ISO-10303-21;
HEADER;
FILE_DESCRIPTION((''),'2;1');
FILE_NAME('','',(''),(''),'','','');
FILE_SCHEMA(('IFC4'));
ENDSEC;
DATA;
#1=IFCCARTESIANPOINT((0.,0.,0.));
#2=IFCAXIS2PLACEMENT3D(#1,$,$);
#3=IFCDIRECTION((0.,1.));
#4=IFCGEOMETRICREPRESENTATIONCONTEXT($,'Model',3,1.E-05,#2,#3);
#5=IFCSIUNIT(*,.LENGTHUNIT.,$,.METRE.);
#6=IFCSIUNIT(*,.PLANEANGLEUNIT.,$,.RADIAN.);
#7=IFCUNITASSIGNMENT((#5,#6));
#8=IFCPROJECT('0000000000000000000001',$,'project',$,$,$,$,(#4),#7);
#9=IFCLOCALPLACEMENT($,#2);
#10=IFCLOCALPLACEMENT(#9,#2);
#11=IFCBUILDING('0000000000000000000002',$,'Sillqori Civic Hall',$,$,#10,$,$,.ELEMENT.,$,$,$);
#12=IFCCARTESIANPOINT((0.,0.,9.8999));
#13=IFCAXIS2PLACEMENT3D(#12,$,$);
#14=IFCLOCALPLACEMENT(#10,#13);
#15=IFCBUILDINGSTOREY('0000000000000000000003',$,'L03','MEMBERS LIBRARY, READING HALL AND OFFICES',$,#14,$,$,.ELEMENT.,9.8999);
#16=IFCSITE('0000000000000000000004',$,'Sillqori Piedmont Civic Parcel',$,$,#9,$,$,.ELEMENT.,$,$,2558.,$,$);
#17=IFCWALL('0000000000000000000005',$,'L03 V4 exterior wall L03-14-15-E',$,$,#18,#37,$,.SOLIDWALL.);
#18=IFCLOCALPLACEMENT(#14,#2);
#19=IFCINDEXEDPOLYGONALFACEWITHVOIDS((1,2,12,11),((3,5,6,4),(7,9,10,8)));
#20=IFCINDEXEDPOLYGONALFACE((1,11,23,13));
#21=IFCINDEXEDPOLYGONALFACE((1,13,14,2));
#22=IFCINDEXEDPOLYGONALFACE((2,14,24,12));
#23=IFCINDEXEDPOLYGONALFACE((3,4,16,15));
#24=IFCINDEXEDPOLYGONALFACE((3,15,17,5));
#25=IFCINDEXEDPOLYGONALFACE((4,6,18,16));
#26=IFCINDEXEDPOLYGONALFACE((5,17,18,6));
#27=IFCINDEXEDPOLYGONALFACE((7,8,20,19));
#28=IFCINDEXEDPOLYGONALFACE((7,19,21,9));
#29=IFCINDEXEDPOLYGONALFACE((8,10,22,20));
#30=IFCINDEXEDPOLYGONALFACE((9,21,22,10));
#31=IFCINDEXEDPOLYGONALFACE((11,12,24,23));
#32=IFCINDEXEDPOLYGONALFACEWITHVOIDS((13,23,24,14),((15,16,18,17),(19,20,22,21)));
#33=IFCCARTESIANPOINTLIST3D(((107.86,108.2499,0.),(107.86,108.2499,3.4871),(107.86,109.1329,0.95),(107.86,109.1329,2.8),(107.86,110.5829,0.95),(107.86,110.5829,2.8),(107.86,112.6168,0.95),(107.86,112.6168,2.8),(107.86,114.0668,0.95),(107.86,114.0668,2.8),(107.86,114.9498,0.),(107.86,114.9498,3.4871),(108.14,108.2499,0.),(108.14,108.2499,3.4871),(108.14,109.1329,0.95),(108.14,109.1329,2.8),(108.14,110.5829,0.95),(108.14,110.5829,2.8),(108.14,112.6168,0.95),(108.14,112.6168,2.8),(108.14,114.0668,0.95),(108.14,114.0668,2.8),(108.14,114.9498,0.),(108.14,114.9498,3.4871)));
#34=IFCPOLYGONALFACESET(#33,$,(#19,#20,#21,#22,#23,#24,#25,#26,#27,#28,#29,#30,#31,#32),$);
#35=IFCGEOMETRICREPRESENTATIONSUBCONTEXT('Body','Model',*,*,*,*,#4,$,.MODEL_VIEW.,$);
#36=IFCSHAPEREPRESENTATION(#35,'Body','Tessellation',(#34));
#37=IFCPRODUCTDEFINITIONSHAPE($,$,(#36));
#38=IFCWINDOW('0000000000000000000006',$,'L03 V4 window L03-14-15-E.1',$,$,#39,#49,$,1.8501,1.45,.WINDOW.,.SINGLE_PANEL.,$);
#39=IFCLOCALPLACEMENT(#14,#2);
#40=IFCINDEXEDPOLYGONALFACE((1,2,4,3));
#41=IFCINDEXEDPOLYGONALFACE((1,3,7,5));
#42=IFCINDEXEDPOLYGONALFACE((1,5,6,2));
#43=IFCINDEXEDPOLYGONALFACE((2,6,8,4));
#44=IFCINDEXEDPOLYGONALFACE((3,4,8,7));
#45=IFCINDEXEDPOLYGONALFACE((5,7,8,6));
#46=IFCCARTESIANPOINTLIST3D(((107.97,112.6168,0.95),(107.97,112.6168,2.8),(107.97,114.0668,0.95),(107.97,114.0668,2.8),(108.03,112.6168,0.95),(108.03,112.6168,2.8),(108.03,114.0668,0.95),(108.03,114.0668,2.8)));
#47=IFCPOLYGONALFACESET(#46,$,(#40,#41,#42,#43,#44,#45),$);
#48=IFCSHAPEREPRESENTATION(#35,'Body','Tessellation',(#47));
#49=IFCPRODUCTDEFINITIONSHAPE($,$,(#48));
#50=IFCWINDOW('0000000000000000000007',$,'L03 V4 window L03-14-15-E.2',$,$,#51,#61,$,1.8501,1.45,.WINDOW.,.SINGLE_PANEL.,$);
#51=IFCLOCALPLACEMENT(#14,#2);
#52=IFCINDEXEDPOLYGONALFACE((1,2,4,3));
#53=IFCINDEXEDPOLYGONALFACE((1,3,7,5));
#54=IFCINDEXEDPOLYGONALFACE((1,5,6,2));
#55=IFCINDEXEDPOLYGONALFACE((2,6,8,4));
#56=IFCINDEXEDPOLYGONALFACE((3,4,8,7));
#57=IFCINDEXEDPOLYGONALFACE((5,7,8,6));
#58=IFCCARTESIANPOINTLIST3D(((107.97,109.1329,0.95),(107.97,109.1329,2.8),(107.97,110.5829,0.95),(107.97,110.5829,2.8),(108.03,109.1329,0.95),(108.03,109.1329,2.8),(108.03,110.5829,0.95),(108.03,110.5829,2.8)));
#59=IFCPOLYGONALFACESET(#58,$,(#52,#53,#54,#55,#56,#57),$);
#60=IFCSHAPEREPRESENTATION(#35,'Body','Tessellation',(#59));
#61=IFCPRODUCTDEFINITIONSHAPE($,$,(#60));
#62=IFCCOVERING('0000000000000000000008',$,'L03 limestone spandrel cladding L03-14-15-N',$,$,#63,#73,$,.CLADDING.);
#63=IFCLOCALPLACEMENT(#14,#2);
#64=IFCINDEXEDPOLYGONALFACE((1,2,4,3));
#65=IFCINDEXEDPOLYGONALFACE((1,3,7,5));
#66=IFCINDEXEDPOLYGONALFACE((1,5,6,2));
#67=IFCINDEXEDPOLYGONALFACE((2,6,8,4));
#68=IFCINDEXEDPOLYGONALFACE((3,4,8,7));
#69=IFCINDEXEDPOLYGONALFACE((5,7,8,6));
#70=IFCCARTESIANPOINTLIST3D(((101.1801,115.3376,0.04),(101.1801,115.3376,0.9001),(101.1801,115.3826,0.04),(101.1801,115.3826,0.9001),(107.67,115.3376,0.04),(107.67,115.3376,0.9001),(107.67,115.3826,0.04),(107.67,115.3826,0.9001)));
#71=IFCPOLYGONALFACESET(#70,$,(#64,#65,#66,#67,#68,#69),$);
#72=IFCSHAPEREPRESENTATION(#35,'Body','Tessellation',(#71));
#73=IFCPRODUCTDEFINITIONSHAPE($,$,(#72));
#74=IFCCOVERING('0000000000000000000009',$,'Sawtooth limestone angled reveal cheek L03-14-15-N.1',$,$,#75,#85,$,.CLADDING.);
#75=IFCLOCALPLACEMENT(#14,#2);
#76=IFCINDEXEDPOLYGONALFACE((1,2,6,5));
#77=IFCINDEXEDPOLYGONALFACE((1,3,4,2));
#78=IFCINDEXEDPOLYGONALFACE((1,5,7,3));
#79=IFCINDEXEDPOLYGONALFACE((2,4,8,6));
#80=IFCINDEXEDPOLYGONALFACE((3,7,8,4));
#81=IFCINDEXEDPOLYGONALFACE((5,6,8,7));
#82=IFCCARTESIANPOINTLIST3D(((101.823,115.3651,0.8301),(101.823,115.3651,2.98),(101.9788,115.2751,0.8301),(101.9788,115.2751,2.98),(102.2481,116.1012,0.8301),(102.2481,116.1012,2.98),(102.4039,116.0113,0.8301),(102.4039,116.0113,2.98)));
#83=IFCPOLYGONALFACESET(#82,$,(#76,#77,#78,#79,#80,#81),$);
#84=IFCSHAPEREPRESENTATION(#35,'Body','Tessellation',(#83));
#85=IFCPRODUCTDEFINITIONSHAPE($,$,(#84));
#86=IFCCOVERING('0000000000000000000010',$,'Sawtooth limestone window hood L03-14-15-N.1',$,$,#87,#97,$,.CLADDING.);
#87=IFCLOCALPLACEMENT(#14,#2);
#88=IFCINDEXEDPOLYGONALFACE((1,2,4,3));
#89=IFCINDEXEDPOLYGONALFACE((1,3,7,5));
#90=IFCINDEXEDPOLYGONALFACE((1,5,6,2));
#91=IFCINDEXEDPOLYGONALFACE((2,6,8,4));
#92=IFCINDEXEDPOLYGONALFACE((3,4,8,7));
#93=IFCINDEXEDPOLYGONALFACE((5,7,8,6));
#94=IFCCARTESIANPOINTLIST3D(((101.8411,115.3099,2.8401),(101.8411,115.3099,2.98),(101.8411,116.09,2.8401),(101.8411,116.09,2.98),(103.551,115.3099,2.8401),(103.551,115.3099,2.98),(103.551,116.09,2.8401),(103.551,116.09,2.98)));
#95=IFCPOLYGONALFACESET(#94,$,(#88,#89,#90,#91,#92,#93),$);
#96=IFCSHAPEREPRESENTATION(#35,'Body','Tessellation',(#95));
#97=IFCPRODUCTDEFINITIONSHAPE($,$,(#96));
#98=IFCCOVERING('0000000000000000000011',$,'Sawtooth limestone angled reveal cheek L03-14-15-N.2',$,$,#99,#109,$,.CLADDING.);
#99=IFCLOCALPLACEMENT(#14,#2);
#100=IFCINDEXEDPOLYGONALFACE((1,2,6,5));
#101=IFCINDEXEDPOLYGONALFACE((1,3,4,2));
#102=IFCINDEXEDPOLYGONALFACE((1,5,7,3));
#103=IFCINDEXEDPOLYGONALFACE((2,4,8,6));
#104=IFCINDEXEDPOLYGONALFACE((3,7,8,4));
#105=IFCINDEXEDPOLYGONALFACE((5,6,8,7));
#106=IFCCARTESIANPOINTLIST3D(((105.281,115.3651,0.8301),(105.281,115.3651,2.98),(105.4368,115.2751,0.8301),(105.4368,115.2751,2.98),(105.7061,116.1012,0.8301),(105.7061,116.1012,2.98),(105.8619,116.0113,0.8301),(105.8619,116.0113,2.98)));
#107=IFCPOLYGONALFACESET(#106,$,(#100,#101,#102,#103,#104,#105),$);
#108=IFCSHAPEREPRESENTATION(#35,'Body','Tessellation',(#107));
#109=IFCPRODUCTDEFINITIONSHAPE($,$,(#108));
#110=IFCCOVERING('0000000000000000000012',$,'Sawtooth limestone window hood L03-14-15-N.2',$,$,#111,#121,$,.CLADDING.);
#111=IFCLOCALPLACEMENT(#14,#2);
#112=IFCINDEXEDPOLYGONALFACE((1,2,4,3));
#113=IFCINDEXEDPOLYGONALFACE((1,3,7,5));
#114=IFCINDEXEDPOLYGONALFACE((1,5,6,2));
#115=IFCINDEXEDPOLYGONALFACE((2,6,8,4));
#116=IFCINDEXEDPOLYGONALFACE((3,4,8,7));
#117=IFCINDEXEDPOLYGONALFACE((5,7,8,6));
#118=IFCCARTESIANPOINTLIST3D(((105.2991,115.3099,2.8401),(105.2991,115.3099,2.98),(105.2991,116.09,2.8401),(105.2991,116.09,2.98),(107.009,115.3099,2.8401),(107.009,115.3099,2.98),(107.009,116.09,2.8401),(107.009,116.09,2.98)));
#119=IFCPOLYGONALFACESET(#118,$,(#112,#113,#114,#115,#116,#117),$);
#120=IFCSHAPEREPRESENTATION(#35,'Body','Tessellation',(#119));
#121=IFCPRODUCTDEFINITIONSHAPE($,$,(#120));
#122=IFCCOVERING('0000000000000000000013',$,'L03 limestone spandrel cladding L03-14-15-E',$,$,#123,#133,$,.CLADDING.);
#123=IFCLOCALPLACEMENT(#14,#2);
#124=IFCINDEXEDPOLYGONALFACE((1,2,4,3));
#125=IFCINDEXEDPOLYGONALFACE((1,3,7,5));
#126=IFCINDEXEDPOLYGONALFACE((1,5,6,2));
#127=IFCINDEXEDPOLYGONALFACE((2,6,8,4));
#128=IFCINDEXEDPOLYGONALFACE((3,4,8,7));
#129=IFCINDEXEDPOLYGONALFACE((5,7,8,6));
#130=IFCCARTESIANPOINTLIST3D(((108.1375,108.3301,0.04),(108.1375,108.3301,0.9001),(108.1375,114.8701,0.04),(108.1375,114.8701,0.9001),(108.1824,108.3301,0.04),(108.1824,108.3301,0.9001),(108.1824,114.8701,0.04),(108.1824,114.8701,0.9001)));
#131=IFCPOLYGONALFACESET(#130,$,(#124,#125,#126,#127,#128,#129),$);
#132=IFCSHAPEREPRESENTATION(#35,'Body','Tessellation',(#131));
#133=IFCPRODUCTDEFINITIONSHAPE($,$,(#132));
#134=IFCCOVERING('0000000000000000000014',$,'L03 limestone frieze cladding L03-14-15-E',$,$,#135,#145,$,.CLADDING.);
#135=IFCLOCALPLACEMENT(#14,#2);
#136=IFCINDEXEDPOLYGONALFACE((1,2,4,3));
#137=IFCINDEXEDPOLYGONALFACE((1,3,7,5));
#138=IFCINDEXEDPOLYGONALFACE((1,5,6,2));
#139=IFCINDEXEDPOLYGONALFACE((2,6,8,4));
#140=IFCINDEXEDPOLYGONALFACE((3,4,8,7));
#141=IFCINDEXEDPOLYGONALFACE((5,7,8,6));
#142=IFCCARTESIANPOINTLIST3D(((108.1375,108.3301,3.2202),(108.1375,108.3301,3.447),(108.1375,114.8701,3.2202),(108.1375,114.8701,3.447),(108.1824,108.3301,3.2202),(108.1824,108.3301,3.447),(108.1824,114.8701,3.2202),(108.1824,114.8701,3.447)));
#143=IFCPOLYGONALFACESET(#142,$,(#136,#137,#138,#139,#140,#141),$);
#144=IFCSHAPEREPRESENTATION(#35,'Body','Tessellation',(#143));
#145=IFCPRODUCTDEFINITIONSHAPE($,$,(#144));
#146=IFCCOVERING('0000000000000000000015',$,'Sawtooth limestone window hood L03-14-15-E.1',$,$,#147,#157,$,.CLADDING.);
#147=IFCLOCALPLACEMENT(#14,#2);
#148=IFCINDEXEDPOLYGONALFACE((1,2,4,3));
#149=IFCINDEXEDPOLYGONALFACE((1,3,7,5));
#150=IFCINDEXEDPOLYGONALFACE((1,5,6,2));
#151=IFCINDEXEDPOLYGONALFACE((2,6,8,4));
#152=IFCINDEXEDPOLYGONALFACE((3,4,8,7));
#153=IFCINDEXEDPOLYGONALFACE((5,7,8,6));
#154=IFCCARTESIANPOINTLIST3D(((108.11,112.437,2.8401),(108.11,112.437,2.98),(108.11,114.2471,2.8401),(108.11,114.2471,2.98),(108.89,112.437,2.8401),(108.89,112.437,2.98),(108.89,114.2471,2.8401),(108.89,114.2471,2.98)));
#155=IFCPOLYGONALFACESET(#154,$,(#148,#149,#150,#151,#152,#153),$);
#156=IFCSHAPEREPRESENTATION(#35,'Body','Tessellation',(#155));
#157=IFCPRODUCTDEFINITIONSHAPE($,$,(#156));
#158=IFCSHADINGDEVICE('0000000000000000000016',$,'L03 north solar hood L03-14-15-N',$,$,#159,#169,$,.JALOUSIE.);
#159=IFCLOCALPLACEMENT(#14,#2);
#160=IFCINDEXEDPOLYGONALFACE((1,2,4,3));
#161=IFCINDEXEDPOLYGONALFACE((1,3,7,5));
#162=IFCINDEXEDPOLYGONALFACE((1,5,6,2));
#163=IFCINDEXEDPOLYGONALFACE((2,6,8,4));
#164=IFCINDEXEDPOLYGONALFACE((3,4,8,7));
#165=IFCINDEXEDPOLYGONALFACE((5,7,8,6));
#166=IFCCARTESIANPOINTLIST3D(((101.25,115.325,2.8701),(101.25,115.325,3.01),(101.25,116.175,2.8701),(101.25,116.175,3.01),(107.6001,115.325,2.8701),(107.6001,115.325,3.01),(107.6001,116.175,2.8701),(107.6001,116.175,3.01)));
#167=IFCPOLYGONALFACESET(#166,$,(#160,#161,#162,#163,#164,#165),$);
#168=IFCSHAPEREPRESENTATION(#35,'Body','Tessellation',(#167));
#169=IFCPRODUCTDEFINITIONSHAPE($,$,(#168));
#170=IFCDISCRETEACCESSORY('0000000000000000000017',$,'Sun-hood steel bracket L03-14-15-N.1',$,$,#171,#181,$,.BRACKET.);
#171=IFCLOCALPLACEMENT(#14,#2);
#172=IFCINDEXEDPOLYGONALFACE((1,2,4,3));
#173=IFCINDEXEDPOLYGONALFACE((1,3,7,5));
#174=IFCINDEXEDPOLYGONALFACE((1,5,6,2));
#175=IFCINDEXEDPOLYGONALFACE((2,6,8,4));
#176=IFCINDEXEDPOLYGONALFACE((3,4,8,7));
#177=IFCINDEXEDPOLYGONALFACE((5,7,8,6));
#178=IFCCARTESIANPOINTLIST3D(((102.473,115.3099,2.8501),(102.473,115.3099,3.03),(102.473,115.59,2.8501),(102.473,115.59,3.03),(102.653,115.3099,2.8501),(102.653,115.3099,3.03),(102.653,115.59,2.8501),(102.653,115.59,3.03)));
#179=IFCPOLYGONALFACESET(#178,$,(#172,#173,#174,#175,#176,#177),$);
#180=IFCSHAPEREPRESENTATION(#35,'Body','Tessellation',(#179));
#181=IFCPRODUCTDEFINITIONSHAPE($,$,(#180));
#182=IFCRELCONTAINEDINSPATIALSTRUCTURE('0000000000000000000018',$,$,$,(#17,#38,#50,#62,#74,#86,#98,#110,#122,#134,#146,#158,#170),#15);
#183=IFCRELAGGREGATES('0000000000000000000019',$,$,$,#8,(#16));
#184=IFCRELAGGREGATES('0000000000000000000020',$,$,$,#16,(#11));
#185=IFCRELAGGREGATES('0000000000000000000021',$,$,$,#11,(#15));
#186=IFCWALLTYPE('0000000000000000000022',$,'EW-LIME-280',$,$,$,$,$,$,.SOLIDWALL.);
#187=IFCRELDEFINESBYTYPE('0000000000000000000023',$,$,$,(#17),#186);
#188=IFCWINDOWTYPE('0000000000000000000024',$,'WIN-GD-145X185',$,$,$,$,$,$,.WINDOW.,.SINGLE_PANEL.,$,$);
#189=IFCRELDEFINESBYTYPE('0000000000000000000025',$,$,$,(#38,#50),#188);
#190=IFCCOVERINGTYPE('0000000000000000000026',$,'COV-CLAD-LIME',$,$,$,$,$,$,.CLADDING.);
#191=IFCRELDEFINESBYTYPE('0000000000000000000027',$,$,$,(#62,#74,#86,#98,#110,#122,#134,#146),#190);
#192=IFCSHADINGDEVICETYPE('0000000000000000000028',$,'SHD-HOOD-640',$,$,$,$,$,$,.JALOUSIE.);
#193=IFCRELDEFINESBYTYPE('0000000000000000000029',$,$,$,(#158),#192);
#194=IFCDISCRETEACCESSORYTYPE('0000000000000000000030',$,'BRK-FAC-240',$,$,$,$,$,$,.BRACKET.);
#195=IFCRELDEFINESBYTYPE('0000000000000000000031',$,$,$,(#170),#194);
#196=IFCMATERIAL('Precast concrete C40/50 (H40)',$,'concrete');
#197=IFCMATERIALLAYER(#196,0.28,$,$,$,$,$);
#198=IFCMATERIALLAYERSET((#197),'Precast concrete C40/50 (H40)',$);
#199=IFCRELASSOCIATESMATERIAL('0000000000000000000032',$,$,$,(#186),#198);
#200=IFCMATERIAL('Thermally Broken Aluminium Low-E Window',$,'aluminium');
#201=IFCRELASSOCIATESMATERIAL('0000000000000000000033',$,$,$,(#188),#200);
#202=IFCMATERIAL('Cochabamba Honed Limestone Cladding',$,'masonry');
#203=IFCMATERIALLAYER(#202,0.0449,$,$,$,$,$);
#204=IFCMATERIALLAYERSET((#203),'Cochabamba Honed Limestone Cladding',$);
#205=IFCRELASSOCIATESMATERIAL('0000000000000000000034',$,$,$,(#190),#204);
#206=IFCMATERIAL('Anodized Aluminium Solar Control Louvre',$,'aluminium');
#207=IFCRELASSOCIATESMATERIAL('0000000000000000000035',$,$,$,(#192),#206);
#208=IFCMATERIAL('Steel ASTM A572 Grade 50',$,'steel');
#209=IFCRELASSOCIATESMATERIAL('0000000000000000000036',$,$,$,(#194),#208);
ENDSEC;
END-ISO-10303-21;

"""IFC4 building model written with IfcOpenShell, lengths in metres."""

from ifc_helpers import new_model, si_unit, direction, frame, frame_2d, origin, origin_2d, place, context, subcontext, project, spatial, rectangle, extrude, material, layer, layer_set, type_object, element, fill, save


model = new_model("IFC4")

# Units and contexts
model_context = context("Model", 3, precision=1e-05, world=origin(), true_north=direction((0.0, 1.0)))
body_context = subcontext(model_context, "Body", "Model", "MODEL_VIEW")
ifc_project = project(units=[si_unit("LENGTHUNIT", "METRE"), si_unit("PLANEANGLEUNIT", "RADIAN")], contexts=[model_context])

# Site, building, storey
site_placement = place(None, origin())
site = spatial("IfcSite", under=ifc_project, at=site_placement, Name="Sillqori Piedmont Civic Parcel", CompositionType="ELEMENT", RefElevation=2558.0)
building_placement = place(site_placement, origin())
building = spatial("IfcBuilding", under=site, at=building_placement, Name="Sillqori Civic Hall", CompositionType="ELEMENT")
storey_placement = place(building_placement, frame((0.0, 0.0, 9.8999)))
storey = spatial("IfcBuildingStorey", under=building, at=storey_placement, Name="L03", Description="MEMBERS LIBRARY, READING HALL AND OFFICES", CompositionType="ELEMENT", Elevation=9.8999)

# Shared definitions
ifc_material_1 = material(Name="Precast concrete C40/50 (H40)", Category="concrete")

# Wall, openings, windows
ifc_layer_1 = layer(ifc_material_1, 0.28)
ifc_layer_set_1 = layer_set([ifc_layer_1], Name="Precast concrete C40/50 (H40)")
wall_type = type_object("IfcWallType", Name="EW-LIME-280", PredefinedType="SOLIDWALL", material=ifc_layer_set_1)
ifc_material_2 = material(Name="Thermally Broken Aluminium Low-E Window", Category="aluminium")
wall_1_placement = place(storey_placement, frame((108.0, 114.95, 0.0), z_axis=(0.0, 0.0, 1.0), x_axis=(0.0, -1.0, 0.0)))
wall_1 = element("IfcWall", 1, at=wall_1_placement, inside=storey, type_object=wall_type, Name="L03 V4 exterior wall L03-14-15-E", PredefinedType="SOLIDWALL", context=body_context, shape_type="SweptSolid", body=[
    extrude(rectangle(XDim=6.7, YDim=0.28, at=frame_2d((3.3501, 0.0))), origin(), (0.0, 0.0, 1.0), 3.4871),
])
opening_1_placement = place(wall_1_placement, frame((0.8831, 0.0, 0.95)))
opening_1 = element("IfcOpeningElement", 2, at=opening_1_placement, cuts=wall_1, PredefinedType="OPENING", context=body_context, shape_type="SweptSolid", body=[
    extrude(rectangle(XDim=1.45, YDim=1.8501, at=frame_2d((0.7251, 0.925))), frame((0.0, 0.1499, 0.0), z_axis=(0.0, -1.0, 0.0), x_axis=(1.0, 0.0, 0.0)), (0.0, 0.0, 1.0), 0.3),
])
opening_2_placement = place(wall_1_placement, frame((4.3669, 0.0, 0.95)))
opening_2 = element("IfcOpeningElement", 3, at=opening_2_placement, cuts=wall_1, PredefinedType="OPENING", context=body_context, shape_type="SweptSolid", body=[
    extrude(rectangle(XDim=1.45, YDim=1.8501, at=frame_2d((0.7251, 0.925))), frame((0.0, 0.1499, 0.0), z_axis=(0.0, -1.0, 0.0), x_axis=(1.0, 0.0, 0.0)), (0.0, 0.0, 1.0), 0.3),
])
window_type_1 = type_object("IfcWindowType", Name="WIN-GD-145X185", PartitioningType="SINGLE_PANEL", PredefinedType="WINDOW", material=ifc_material_2)
window_1_placement = place(opening_1_placement, origin())
window_1 = element("IfcWindow", 4, at=window_1_placement, inside=storey, type_object=window_type_1, Name="L03 V4 window L03-14-15-E.1", OverallHeight=1.8501, OverallWidth=1.45, PartitioningType="SINGLE_PANEL", PredefinedType="WINDOW", context=body_context, shape_type="SweptSolid", body=[
    extrude(rectangle(XDim=1.45, YDim=1.8501, at=frame_2d((0.7251, 0.925))), frame((0.0, 0.03, 0.0), z_axis=(0.0, -1.0, 0.0), x_axis=(1.0, 0.0, 0.0)), (0.0, 0.0, 1.0), 0.0601),
])
fill(opening_1, window_1)
window_2_placement = place(opening_2_placement, origin())
window_2 = element("IfcWindow", 5, at=window_2_placement, inside=storey, type_object=window_type_1, Name="L03 V4 window L03-14-15-E.2", OverallHeight=1.8501, OverallWidth=1.45, PartitioningType="SINGLE_PANEL", PredefinedType="WINDOW", context=body_context, shape_type="SweptSolid", body=[
    extrude(rectangle(XDim=1.45, YDim=1.8501, at=frame_2d((0.7251, 0.925))), frame((0.0, 0.03, 0.0), z_axis=(0.0, -1.0, 0.0), x_axis=(1.0, 0.0, 0.0)), (0.0, 0.0, 1.0), 0.0601),
])
fill(opening_2, window_2)

# Coverings
ifc_material_3 = material(Name="Cochabamba Honed Limestone Cladding", Category="masonry")
ifc_layer_2 = layer(ifc_material_3, 0.0449)
ifc_layer_set_2 = layer_set([ifc_layer_2], Name="Cochabamba Honed Limestone Cladding")
covering_type = type_object("IfcCoveringType", Name="COV-CLAD-LIME", PredefinedType="CLADDING", material=ifc_layer_set_2)
covering_1_placement = place(storey_placement, frame((101.1799, 115.3601, 0.04), z_axis=(0.0, 0.0, 1.0), x_axis=(1.0, 0.0, 0.0)))
element("IfcCovering", 6, at=covering_1_placement, inside=storey, type_object=covering_type, Name="L03 limestone spandrel cladding L03-14-15-N", PredefinedType="CLADDING", context=body_context, shape_type="SweptSolid", body=[
    extrude(rectangle(XDim=6.49, YDim=0.0449, at=frame_2d((3.2451, 0.0))), origin(), (0.0, 0.0, 1.0), 0.8601),
])
covering_2_placement = place(storey_placement, frame((101.9009, 115.3201, 0.8301), z_axis=(0.0, 0.0, 1.0), x_axis=(0.500062, 0.865989, 0.0)))
element("IfcCovering", 7, at=covering_2_placement, inside=storey, type_object=covering_type, Name="Sawtooth limestone angled reveal cheek L03-14-15-N.1", PredefinedType="CLADDING", context=body_context, shape_type="SweptSolid", body=[
    extrude(rectangle(XDim=0.8501, YDim=0.1799, at=frame_2d((0.425, 0.0))), origin(), (0.0, 0.0, 1.0), 2.1499),
])
covering_3_placement = place(storey_placement, frame((101.8411, 115.7, 2.8401), z_axis=(0.0, 0.0, 1.0), x_axis=(1.0, 0.0, 0.0)))
element("IfcCovering", 8, at=covering_3_placement, inside=storey, type_object=covering_type, Name="Sawtooth limestone window hood L03-14-15-N.1", PredefinedType="CLADDING", context=body_context, shape_type="SweptSolid", body=[
    extrude(rectangle(XDim=1.71, YDim=0.78, at=frame_2d((0.855, 0.0))), origin(), (0.0, 0.0, 1.0), 0.1399),
])
covering_4_placement = place(storey_placement, frame((105.3589, 115.3201, 0.8301), z_axis=(0.0, 0.0, 1.0), x_axis=(0.500062, 0.865989, 0.0)))
element("IfcCovering", 9, at=covering_4_placement, inside=storey, type_object=covering_type, Name="Sawtooth limestone angled reveal cheek L03-14-15-N.2", PredefinedType="CLADDING", context=body_context, shape_type="SweptSolid", body=[
    extrude(rectangle(XDim=0.8501, YDim=0.1799, at=frame_2d((0.425, 0.0))), origin(), (0.0, 0.0, 1.0), 2.1499),
])
covering_5_placement = place(storey_placement, frame((105.2991, 115.7, 2.8401), z_axis=(0.0, 0.0, 1.0), x_axis=(1.0, 0.0, 0.0)))
element("IfcCovering", 10, at=covering_5_placement, inside=storey, type_object=covering_type, Name="Sawtooth limestone window hood L03-14-15-N.2", PredefinedType="CLADDING", context=body_context, shape_type="SweptSolid", body=[
    extrude(rectangle(XDim=1.71, YDim=0.78, at=frame_2d((0.855, 0.0))), origin(), (0.0, 0.0, 1.0), 0.1399),
])
covering_6_placement = place(storey_placement, frame((108.1599, 114.8701, 0.04), z_axis=(0.0, 0.0, 1.0), x_axis=(0.0, -1.0, 0.0)))
element("IfcCovering", 11, at=covering_6_placement, inside=storey, type_object=covering_type, Name="L03 limestone spandrel cladding L03-14-15-E", PredefinedType="CLADDING", context=body_context, shape_type="SweptSolid", body=[
    extrude(rectangle(XDim=6.54, YDim=0.0449, at=frame_2d((3.27, 0.0))), origin(), (0.0, 0.0, 1.0), 0.8601),
])
covering_7_placement = place(storey_placement, frame((108.1599, 114.8701, 3.2202), z_axis=(0.0, 0.0, 1.0), x_axis=(0.0, -1.0, 0.0)))
element("IfcCovering", 12, at=covering_7_placement, inside=storey, type_object=covering_type, Name="L03 limestone frieze cladding L03-14-15-E", PredefinedType="CLADDING", context=body_context, shape_type="SweptSolid", body=[
    extrude(rectangle(XDim=6.54, YDim=0.0449, at=frame_2d((3.27, 0.0))), origin(), (0.0, 0.0, 1.0), 0.2268),
])
covering_8_placement = place(storey_placement, frame((108.5, 114.2471, 2.8401), z_axis=(0.0, 0.0, 1.0), x_axis=(0.0, -1.0, 0.0)))
element("IfcCovering", 13, at=covering_8_placement, inside=storey, type_object=covering_type, Name="Sawtooth limestone window hood L03-14-15-E.1", PredefinedType="CLADDING", context=body_context, shape_type="SweptSolid", body=[
    extrude(rectangle(XDim=1.8101, YDim=0.78, at=frame_2d((0.905, 0.0))), origin(), (0.0, 0.0, 1.0), 0.1399),
])

# Shading device
ifc_material_4 = material(Name="Anodized Aluminium Solar Control Louvre", Category="aluminium")
shading_device_type = type_object("IfcShadingDeviceType", Name="SHD-HOOD-640", PredefinedType="JALOUSIE", material=ifc_material_4)
shading_device_placement = place(storey_placement, frame((104.425, 115.75, 2.8701), z_axis=(0.0, 0.0, 1.0), x_axis=(1.0, 0.0, 0.0)))
element("IfcShadingDevice", 14, at=shading_device_placement, inside=storey, type_object=shading_device_type, Name="L03 north solar hood L03-14-15-N", PredefinedType="JALOUSIE", context=body_context, shape_type="SweptSolid", body=[
    extrude(rectangle(XDim=6.3501, YDim=0.8501, at=origin_2d()), origin(), (0.0, 0.0, 1.0), 0.1399),
])

# Discrete accessory
ifc_material_5 = material(Name="Steel ASTM A572 Grade 50", Category="steel")
discrete_accessory_type = type_object("IfcDiscreteAccessoryType", Name="BRK-FAC-240", PredefinedType="BRACKET", material=ifc_material_5)
for number, where, z_axis, x_axis, name in (
    (15, (102.563, 115.45, 2.8501), (0.0, 0.0, 1.0), (1.0, 0.0, 0.0), "Sun-hood steel bracket L03-14-15-N.1"),
):
    element("IfcDiscreteAccessory", number, at=place(storey_placement, frame(where, z_axis=z_axis, x_axis=x_axis)), inside=storey, type_object=discrete_accessory_type, Name=name, PredefinedType="BRACKET", context=body_context, shape_type="SweptSolid", body=[
        extrude(rectangle(XDim=0.1799, YDim=0.28, at=origin_2d()), origin(), (0.0, 0.0, 1.0), 0.1799),
    ])

save(model, "model.ifc")
